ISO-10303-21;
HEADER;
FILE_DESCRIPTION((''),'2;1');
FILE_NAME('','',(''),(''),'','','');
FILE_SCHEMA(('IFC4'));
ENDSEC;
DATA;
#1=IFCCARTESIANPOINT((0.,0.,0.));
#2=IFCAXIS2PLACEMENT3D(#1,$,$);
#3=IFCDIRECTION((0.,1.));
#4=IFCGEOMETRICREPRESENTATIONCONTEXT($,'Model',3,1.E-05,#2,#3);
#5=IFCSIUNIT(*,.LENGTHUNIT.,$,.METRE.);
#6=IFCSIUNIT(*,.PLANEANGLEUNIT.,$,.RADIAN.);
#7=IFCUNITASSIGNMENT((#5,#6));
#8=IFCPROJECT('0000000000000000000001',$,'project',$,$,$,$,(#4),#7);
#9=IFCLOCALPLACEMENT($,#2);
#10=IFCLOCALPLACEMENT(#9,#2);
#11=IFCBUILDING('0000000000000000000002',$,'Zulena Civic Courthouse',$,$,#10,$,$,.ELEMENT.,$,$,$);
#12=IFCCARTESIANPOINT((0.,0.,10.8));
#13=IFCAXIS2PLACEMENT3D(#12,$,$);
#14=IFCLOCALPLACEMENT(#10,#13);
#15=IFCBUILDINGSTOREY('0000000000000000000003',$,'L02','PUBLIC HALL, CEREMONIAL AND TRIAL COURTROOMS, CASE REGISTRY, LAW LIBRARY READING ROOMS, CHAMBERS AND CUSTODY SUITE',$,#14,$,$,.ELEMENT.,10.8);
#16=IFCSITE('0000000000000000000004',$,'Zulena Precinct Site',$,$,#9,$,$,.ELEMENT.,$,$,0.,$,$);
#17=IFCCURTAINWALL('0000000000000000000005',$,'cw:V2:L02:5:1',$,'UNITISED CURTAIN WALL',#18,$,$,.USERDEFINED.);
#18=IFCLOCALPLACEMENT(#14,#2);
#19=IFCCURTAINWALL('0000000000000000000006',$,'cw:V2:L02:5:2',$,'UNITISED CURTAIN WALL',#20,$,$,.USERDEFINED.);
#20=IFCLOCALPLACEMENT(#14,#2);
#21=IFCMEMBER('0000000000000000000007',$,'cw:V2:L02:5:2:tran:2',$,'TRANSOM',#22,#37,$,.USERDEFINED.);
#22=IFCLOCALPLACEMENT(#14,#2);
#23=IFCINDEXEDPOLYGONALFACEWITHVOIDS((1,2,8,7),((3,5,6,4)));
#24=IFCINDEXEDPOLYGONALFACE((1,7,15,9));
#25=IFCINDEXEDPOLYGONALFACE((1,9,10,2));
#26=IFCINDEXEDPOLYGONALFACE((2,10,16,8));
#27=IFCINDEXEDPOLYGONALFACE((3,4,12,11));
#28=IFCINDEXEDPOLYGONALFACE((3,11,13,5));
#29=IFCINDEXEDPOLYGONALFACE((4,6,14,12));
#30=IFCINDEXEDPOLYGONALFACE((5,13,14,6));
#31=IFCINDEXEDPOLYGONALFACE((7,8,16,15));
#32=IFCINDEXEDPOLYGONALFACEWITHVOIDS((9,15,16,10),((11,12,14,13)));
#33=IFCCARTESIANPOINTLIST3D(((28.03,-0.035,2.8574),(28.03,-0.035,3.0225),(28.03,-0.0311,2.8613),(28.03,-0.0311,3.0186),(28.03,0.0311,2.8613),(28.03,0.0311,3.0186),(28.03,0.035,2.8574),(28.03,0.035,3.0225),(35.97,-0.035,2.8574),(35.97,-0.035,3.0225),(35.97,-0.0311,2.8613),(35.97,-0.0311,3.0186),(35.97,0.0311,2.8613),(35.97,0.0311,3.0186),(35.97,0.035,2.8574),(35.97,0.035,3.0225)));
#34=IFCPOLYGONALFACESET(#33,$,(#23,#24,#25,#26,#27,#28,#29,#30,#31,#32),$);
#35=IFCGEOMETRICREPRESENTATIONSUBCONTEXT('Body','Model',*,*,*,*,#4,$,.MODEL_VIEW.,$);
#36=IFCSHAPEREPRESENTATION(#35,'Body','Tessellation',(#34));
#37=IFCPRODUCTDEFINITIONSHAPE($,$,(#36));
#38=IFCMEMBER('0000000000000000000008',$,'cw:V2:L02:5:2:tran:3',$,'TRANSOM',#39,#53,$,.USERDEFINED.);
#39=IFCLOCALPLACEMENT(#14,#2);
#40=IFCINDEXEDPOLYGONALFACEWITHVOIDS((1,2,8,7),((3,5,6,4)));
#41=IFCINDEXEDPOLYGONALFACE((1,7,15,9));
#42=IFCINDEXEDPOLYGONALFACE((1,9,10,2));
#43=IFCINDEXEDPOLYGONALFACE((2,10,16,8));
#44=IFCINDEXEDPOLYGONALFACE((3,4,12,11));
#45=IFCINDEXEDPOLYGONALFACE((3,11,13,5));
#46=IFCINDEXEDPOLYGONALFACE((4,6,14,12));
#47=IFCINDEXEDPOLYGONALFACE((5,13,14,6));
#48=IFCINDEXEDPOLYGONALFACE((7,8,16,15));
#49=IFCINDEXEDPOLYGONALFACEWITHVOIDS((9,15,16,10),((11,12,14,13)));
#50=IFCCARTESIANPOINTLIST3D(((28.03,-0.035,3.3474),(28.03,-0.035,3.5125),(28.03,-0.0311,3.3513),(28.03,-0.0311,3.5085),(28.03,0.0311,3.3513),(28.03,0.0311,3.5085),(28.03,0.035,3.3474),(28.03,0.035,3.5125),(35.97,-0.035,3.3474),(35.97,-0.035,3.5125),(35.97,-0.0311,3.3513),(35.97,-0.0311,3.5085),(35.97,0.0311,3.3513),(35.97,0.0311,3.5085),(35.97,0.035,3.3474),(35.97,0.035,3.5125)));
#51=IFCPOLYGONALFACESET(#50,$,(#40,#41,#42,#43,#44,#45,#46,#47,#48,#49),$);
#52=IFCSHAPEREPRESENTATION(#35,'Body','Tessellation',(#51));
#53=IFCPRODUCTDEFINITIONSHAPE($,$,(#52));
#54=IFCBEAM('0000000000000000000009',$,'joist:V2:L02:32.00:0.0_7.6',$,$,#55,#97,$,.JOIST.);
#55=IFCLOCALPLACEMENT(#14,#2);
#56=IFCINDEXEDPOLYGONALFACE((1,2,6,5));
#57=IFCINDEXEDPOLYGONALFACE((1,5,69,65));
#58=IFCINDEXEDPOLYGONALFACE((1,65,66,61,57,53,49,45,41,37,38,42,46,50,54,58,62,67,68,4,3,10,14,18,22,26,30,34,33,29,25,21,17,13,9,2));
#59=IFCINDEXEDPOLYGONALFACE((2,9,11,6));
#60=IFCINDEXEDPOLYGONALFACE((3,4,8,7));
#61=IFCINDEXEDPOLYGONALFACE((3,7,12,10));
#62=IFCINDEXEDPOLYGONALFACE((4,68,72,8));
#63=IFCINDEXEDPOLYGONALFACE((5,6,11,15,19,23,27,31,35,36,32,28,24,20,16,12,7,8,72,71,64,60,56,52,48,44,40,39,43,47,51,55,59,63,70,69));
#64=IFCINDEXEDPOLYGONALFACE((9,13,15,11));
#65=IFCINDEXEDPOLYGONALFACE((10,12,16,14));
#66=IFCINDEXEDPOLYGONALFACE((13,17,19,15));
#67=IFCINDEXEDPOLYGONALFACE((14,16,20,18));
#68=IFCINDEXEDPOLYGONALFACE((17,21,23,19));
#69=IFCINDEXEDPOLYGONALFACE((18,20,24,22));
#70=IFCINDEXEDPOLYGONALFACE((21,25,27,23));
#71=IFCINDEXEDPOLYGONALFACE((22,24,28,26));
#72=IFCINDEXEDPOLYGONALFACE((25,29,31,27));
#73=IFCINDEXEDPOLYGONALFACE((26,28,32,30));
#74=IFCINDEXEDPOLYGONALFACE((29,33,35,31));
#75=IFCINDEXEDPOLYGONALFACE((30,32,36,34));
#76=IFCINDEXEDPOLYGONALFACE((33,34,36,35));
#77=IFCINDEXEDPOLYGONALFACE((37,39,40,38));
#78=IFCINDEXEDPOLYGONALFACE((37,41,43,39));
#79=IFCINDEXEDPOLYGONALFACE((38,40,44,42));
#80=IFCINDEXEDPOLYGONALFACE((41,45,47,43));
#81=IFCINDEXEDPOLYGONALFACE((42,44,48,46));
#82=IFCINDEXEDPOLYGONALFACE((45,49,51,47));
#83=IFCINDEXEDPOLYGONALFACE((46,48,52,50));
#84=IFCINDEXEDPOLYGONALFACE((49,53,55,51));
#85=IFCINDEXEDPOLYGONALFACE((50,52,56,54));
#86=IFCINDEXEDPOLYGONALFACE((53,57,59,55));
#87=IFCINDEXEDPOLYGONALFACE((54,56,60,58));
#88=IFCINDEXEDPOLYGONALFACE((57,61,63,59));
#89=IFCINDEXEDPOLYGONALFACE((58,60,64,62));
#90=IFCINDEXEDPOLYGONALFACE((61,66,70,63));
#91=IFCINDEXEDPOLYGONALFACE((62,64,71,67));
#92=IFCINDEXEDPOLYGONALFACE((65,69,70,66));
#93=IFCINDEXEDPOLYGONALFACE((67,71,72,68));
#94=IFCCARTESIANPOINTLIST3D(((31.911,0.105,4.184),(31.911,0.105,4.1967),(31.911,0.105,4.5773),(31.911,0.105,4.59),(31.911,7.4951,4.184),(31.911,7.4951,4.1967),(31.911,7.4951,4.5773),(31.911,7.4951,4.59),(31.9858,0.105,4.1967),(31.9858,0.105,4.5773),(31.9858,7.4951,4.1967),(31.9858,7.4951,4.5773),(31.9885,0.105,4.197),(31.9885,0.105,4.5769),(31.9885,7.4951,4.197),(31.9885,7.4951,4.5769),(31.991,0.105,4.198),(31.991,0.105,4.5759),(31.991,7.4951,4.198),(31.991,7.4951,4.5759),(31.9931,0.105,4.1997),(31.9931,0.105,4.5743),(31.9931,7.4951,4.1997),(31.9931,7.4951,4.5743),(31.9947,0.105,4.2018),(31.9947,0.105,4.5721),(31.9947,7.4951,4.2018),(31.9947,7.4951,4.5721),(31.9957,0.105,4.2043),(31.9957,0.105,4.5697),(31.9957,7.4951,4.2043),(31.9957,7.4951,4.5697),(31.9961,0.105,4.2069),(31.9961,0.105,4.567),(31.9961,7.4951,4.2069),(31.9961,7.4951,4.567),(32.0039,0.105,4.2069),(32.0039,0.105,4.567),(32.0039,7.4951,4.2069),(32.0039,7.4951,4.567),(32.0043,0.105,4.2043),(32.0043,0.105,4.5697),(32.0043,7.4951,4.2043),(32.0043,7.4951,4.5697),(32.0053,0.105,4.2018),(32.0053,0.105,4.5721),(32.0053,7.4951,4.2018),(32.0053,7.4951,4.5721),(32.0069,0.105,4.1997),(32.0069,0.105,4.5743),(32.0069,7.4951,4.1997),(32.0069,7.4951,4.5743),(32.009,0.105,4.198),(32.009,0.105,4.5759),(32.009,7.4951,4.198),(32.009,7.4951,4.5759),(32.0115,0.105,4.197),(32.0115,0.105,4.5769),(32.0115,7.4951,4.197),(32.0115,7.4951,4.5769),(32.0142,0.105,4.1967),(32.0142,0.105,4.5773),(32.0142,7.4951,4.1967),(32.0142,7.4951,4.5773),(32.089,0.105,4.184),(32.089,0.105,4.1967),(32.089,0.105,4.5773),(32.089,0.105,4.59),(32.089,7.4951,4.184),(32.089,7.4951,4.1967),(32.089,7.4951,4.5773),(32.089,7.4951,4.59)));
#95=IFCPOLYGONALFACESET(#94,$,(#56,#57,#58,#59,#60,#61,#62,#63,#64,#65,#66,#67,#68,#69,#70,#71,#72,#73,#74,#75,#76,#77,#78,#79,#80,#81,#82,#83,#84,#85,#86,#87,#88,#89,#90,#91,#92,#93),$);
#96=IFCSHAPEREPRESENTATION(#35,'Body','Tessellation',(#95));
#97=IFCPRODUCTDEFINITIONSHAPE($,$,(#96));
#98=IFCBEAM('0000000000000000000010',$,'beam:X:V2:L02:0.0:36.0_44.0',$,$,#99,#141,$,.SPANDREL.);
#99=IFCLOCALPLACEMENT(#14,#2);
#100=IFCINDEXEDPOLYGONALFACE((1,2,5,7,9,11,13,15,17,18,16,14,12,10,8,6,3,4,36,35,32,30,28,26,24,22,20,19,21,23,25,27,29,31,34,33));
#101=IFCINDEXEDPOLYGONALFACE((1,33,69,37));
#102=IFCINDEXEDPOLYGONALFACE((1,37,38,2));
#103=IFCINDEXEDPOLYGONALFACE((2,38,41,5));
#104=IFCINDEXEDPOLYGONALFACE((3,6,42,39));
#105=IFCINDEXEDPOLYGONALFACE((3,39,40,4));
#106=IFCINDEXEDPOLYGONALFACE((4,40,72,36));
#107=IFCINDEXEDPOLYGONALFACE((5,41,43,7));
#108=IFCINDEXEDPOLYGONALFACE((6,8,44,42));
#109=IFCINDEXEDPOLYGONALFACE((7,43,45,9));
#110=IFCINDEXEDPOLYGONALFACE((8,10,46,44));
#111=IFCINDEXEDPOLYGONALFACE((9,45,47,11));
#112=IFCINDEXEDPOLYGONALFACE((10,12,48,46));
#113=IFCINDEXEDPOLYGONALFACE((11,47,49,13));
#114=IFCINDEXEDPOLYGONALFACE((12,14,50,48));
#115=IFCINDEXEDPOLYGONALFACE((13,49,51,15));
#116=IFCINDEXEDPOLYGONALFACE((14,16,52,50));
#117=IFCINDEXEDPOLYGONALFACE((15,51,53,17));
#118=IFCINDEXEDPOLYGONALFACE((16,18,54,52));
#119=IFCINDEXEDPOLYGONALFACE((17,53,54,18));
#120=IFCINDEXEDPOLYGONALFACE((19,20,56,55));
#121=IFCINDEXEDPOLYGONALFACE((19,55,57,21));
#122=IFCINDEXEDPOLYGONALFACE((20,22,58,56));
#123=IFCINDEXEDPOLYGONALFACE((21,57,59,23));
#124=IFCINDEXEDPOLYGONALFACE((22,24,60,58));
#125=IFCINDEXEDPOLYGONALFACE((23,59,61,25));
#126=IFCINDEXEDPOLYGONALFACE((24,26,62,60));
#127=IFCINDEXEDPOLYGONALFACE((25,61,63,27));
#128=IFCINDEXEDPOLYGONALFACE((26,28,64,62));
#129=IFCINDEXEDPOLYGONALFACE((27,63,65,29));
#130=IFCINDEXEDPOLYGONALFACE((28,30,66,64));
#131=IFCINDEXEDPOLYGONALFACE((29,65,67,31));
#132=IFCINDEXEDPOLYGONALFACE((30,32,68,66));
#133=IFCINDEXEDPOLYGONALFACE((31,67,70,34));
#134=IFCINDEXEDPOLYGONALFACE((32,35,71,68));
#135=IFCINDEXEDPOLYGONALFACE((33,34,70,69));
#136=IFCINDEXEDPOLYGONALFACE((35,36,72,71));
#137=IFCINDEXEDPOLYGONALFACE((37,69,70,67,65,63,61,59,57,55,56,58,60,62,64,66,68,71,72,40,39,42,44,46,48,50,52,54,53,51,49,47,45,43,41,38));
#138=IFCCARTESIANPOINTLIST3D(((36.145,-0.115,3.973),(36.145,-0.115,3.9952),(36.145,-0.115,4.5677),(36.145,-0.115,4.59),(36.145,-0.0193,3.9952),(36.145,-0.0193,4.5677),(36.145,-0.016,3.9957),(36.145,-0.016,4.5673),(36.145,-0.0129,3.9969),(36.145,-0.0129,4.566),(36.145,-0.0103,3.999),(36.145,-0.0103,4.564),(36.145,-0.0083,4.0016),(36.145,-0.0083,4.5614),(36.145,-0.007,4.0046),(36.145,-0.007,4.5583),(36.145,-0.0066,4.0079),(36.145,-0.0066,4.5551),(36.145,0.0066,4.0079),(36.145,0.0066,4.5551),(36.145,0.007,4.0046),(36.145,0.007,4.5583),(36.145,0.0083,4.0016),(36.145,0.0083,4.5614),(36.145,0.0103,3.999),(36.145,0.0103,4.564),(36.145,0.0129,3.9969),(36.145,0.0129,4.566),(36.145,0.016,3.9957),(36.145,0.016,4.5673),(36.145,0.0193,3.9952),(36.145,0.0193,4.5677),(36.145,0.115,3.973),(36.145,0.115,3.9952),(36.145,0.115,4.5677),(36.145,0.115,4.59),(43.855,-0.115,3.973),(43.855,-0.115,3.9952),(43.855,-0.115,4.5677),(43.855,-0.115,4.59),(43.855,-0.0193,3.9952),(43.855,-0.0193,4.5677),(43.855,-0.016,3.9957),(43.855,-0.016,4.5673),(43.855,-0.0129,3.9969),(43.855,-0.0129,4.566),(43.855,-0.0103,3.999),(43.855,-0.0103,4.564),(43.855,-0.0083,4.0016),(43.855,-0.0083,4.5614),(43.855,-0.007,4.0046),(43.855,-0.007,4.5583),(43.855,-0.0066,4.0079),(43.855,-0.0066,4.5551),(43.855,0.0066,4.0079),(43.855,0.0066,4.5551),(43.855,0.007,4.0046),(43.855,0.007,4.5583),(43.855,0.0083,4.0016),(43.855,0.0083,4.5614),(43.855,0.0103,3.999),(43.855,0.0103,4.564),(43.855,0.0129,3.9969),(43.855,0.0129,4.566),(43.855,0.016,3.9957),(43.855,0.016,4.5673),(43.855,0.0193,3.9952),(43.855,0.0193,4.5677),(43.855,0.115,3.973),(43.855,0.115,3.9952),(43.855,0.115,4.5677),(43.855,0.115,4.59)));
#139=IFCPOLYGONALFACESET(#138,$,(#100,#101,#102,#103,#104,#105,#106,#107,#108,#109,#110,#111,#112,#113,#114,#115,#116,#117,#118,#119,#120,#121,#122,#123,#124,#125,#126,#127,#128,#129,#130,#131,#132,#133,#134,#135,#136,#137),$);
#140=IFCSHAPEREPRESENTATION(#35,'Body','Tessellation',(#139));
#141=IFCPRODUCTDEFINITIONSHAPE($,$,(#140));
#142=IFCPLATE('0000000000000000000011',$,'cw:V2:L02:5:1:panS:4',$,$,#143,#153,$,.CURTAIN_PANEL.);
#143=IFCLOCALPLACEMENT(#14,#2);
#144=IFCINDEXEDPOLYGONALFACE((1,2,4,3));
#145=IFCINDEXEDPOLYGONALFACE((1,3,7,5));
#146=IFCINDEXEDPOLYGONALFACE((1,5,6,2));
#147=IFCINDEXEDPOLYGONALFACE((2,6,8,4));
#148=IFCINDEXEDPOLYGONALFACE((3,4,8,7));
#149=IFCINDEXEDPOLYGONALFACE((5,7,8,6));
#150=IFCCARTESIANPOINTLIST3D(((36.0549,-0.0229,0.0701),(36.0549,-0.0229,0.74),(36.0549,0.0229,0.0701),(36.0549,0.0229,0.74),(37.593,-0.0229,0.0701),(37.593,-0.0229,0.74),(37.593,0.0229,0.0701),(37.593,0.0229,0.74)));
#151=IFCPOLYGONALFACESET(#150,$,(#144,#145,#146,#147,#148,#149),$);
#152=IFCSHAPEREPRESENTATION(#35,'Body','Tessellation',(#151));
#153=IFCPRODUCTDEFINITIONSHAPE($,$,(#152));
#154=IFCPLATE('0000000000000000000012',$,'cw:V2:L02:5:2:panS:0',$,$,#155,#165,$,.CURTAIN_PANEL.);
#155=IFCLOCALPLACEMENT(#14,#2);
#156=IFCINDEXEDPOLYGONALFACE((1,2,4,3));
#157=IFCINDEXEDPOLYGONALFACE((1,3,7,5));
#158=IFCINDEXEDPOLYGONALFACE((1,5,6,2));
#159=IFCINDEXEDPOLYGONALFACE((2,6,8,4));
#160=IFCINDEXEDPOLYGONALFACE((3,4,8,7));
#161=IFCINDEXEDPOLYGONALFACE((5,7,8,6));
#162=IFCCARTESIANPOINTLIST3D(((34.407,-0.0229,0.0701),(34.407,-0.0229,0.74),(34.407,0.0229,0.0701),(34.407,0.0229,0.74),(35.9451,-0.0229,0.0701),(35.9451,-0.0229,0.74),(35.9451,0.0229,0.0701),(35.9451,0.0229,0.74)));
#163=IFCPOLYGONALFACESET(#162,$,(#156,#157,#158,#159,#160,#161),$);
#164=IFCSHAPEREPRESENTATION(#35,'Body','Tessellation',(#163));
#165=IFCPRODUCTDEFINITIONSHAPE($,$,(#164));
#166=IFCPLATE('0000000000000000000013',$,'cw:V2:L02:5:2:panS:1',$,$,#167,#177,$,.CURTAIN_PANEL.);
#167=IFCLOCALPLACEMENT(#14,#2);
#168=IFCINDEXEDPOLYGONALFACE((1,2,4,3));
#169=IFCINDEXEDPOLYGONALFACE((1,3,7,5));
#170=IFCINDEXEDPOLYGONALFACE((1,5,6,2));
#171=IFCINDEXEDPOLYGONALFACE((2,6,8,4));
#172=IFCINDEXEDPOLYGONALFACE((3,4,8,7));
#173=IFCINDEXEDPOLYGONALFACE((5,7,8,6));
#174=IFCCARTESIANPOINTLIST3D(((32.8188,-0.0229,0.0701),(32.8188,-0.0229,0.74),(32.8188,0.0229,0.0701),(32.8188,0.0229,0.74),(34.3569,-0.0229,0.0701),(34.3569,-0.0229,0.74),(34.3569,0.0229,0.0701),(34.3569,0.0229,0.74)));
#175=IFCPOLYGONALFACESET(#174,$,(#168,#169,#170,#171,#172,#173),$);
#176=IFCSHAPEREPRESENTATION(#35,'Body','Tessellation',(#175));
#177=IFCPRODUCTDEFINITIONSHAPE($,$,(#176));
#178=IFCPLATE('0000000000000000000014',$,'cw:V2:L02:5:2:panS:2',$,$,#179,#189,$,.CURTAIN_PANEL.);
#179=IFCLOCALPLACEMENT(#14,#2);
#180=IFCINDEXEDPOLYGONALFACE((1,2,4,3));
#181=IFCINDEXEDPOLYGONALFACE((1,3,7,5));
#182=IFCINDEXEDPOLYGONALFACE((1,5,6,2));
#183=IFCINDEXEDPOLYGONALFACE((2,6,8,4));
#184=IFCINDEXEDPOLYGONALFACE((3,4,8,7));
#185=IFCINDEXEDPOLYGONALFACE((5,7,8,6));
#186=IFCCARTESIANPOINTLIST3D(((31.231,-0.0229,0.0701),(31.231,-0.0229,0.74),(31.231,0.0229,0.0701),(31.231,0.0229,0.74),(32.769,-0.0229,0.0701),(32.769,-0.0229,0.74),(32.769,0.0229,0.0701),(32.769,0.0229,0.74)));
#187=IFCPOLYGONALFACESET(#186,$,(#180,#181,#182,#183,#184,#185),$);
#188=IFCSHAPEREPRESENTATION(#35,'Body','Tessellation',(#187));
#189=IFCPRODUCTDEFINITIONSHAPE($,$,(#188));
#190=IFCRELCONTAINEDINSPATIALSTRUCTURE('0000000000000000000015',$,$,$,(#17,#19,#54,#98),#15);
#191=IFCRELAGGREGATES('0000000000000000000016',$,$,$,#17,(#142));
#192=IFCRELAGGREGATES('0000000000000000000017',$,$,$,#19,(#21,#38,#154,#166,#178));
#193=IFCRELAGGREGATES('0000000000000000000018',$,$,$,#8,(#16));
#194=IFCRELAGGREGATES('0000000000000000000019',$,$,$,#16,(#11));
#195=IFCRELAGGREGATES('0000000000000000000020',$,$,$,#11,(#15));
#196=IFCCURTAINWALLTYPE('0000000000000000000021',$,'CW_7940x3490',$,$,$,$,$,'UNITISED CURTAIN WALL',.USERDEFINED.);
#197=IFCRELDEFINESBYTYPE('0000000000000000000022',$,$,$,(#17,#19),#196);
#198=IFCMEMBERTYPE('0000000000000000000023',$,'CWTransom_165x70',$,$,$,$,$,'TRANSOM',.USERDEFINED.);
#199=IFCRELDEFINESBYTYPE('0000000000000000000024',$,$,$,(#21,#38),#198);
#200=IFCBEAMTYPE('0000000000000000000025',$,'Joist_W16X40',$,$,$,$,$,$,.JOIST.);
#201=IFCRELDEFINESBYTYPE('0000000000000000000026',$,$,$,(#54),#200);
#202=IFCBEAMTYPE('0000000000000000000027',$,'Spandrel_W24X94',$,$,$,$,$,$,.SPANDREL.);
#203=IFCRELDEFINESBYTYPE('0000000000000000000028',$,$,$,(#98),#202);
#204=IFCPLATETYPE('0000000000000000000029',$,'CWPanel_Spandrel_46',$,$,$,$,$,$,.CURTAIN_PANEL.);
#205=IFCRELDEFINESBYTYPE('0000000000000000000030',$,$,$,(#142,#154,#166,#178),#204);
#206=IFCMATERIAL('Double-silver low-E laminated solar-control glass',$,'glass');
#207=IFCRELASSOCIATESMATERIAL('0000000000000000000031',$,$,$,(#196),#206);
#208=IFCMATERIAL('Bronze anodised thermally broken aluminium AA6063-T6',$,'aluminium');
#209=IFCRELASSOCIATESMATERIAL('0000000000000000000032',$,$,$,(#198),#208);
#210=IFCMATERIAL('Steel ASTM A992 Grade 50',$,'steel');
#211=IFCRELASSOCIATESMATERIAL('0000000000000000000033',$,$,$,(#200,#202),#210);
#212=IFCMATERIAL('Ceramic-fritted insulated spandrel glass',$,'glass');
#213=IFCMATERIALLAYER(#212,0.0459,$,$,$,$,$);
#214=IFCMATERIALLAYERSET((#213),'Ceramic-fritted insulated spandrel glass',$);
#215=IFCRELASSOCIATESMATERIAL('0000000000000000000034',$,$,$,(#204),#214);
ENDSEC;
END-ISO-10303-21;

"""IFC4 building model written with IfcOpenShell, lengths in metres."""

from ifc_helpers import new_model, si_unit, direction, frame, origin, origin_2d, place, context, subcontext, project, spatial, rectangle, hollow_rectangle, i_section, extrude, material, layer, layer_set, material_profile, profile_set, type_object, element, aggregate, save


model = new_model("IFC4")

# Units and contexts
model_context = context("Model", 3, precision=1e-05, world=origin(), true_north=direction((0.0, 1.0)))
body_context = subcontext(model_context, "Body", "Model", "MODEL_VIEW")
ifc_project = project(units=[si_unit("LENGTHUNIT", "METRE"), si_unit("PLANEANGLEUNIT", "RADIAN")], contexts=[model_context])

# Site, building, storey
site_placement = place(None, origin())
site = spatial("IfcSite", under=ifc_project, at=site_placement, Name="Zulena Precinct Site", CompositionType="ELEMENT", RefElevation=0.0)
building_placement = place(site_placement, origin())
building = spatial("IfcBuilding", under=site, at=building_placement, Name="Zulena Civic Courthouse", CompositionType="ELEMENT")
storey_placement = place(building_placement, frame((0.0, 0.0, 10.8)))
storey = spatial("IfcBuildingStorey", under=building, at=storey_placement, Name="L02", Description="PUBLIC HALL, CEREMONIAL AND TRIAL COURTROOMS, CASE REGISTRY, LAW LIBRARY READING ROOMS, CHAMBERS AND CUSTODY SUITE", CompositionType="ELEMENT", Elevation=10.8)

# Shared definitions
ifc_material_1 = material(Name="Steel ASTM A992 Grade 50", Category="steel")

# Curtain walls, members
ifc_material_2 = material(Name="Double-silver low-E laminated solar-control glass", Category="glass")
curtain_wall_type = type_object("IfcCurtainWallType", Name="CW_7940x3490", ElementType="UNITISED CURTAIN WALL", PredefinedType="USERDEFINED", material=ifc_material_2)
curtain_wall_1_placement = place(storey_placement, origin())
curtain_wall_1 = element("IfcCurtainWall", 1, at=curtain_wall_1_placement, inside=storey, type_object=curtain_wall_type, Name="cw:V2:L02:5:1", ObjectType="UNITISED CURTAIN WALL", PredefinedType="USERDEFINED")
ifc_material_3 = material(Name="Bronze anodised thermally broken aluminium AA6063-T6", Category="aluminium")
curtain_wall_2_placement = place(storey_placement, origin())
curtain_wall_2 = element("IfcCurtainWall", 2, at=curtain_wall_2_placement, inside=storey, type_object=curtain_wall_type, Name="cw:V2:L02:5:2", ObjectType="UNITISED CURTAIN WALL", PredefinedType="USERDEFINED")
ifc_material_profile_1 = material_profile(ifc_material_3, hollow_rectangle(XDim=0.0701, YDim=0.165, WallThickness=0.0039, at=origin_2d()), Name="CWT165X70X4")
ifc_profile_set_1 = profile_set([ifc_material_profile_1], Name="Bronze anodised thermally broken aluminium AA6063-T6")
member_type_1 = type_object("IfcMemberType", Name="CWTransom_165x70", ElementType="TRANSOM", PredefinedType="USERDEFINED", material=ifc_profile_set_1)
member_1_placement = place(storey_placement, frame((35.97, 0.0, 2.9399), z_axis=(-1.0, 0.0, 0.0), x_axis=(0.0, -1.0, 0.0)))
member_1 = element("IfcMember", 3, at=member_1_placement, type_object=member_type_1, Name="cw:V2:L02:5:2:tran:2", ObjectType="TRANSOM", PredefinedType="USERDEFINED", context=body_context, shape_type="SweptSolid", body=[
    extrude(hollow_rectangle(XDim=0.0701, YDim=0.165, WallThickness=0.0039, at=origin_2d()), origin(), (0.0, 0.0, 1.0), 7.9399),
])
member_2_placement = place(storey_placement, frame((35.97, 0.0, 3.4299), z_axis=(-1.0, 0.0, 0.0), x_axis=(0.0, -1.0, 0.0)))
member_2 = element("IfcMember", 4, at=member_2_placement, type_object=member_type_1, Name="cw:V2:L02:5:2:tran:3", ObjectType="TRANSOM", PredefinedType="USERDEFINED", context=body_context, shape_type="SweptSolid", body=[
    extrude(hollow_rectangle(XDim=0.0701, YDim=0.165, WallThickness=0.0039, at=origin_2d()), origin(), (0.0, 0.0, 1.0), 7.9399),
])

# Beams
ifc_material_profile_2 = material_profile(ifc_material_1, i_section(OverallWidth=0.178, OverallDepth=0.406, WebThickness=0.0078, FlangeThickness=0.0127, FilletRadius=0.0103, at=origin_2d()), Name="W16X40")
ifc_profile_set_2 = profile_set([ifc_material_profile_2], Name="Steel ASTM A992 Grade 50")
beam_type_1 = type_object("IfcBeamType", Name="Joist_W16X40", PredefinedType="JOIST", material=ifc_profile_set_2)
beam_1_placement = place(storey_placement, frame((32.0, 0.105, 4.387), z_axis=(0.0, 1.0, 0.0), x_axis=(-1.0, 0.0, 0.0)))
element("IfcBeam", 5, at=beam_1_placement, inside=storey, type_object=beam_type_1, Name="joist:V2:L02:32.00:0.0_7.6", PredefinedType="JOIST", context=body_context, shape_type="SweptSolid", body=[
    extrude(i_section(OverallWidth=0.178, OverallDepth=0.406, WebThickness=0.0078, FlangeThickness=0.0127, FilletRadius=0.0103, at=origin_2d()), origin(), (0.0, 0.0, 1.0), 7.3901),
])
ifc_material_profile_3 = material_profile(ifc_material_1, i_section(OverallWidth=0.23, OverallDepth=0.6169, WebThickness=0.0132, FlangeThickness=0.0222, FilletRadius=0.0127, at=origin_2d()), Name="W24X94")
ifc_profile_set_3 = profile_set([ifc_material_profile_3], Name="Steel ASTM A992 Grade 50")
beam_type_2 = type_object("IfcBeamType", Name="Spandrel_W24X94", PredefinedType="SPANDREL", material=ifc_profile_set_3)
beam_2_placement = place(storey_placement, frame((36.145, 0.0, 4.2815), z_axis=(1.0, 0.0, 0.0), x_axis=(0.0, 1.0, 0.0)))
element("IfcBeam", 6, at=beam_2_placement, inside=storey, type_object=beam_type_2, Name="beam:X:V2:L02:0.0:36.0_44.0", PredefinedType="SPANDREL", context=body_context, shape_type="SweptSolid", body=[
    extrude(i_section(OverallWidth=0.23, OverallDepth=0.6169, WebThickness=0.0132, FlangeThickness=0.0222, FilletRadius=0.0127, at=origin_2d()), origin(), (0.0, 0.0, 1.0), 7.71),
])

# Plates
ifc_material_4 = material(Name="Ceramic-fritted insulated spandrel glass", Category="glass")
ifc_layer_1 = layer(ifc_material_4, 0.0459)
ifc_layer_set_1 = layer_set([ifc_layer_1], Name="Ceramic-fritted insulated spandrel glass")
plate_type_1 = type_object("IfcPlateType", Name="CWPanel_Spandrel_46", PredefinedType="CURTAIN_PANEL", material=ifc_layer_set_1)
plate_1_placement = place(storey_placement, frame((36.824, 0.0, 0.0701), z_axis=(0.0, 0.0, 1.0), x_axis=(-1.0, 0.0, 0.0)))
plate_1 = element("IfcPlate", 7, at=plate_1_placement, type_object=plate_type_1, Name="cw:V2:L02:5:1:panS:4", PredefinedType="CURTAIN_PANEL", context=body_context, shape_type="SweptSolid", body=[
    extrude(rectangle(XDim=1.5381, YDim=0.0459, at=origin_2d()), origin(), (0.0, 0.0, 1.0), 0.6699),
])
plate_2_placement = place(storey_placement, frame((35.176, 0.0, 0.0701), z_axis=(0.0, 0.0, 1.0), x_axis=(-1.0, 0.0, 0.0)))
plate_2 = element("IfcPlate", 8, at=plate_2_placement, type_object=plate_type_1, Name="cw:V2:L02:5:2:panS:0", PredefinedType="CURTAIN_PANEL", context=body_context, shape_type="SweptSolid", body=[
    extrude(rectangle(XDim=1.5381, YDim=0.0459, at=origin_2d()), origin(), (0.0, 0.0, 1.0), 0.6699),
])
plate_3_placement = place(storey_placement, frame((33.5879, 0.0, 0.0701), z_axis=(0.0, 0.0, 1.0), x_axis=(-1.0, 0.0, 0.0)))
plate_3 = element("IfcPlate", 9, at=plate_3_placement, type_object=plate_type_1, Name="cw:V2:L02:5:2:panS:1", PredefinedType="CURTAIN_PANEL", context=body_context, shape_type="SweptSolid", body=[
    extrude(rectangle(XDim=1.5381, YDim=0.0459, at=origin_2d()), origin(), (0.0, 0.0, 1.0), 0.6699),
])
plate_4_placement = place(storey_placement, frame((32.0, 0.0, 0.0701), z_axis=(0.0, 0.0, 1.0), x_axis=(-1.0, 0.0, 0.0)))
plate_4 = element("IfcPlate", 10, at=plate_4_placement, type_object=plate_type_1, Name="cw:V2:L02:5:2:panS:2", PredefinedType="CURTAIN_PANEL", context=body_context, shape_type="SweptSolid", body=[
    extrude(rectangle(XDim=1.5381, YDim=0.0459, at=origin_2d()), origin(), (0.0, 0.0, 1.0), 0.6699),
])
aggregate(curtain_wall_1, [plate_1])
aggregate(curtain_wall_2, [member_1, member_2, plate_2, plate_3, plate_4])

save(model, "model.ifc")
